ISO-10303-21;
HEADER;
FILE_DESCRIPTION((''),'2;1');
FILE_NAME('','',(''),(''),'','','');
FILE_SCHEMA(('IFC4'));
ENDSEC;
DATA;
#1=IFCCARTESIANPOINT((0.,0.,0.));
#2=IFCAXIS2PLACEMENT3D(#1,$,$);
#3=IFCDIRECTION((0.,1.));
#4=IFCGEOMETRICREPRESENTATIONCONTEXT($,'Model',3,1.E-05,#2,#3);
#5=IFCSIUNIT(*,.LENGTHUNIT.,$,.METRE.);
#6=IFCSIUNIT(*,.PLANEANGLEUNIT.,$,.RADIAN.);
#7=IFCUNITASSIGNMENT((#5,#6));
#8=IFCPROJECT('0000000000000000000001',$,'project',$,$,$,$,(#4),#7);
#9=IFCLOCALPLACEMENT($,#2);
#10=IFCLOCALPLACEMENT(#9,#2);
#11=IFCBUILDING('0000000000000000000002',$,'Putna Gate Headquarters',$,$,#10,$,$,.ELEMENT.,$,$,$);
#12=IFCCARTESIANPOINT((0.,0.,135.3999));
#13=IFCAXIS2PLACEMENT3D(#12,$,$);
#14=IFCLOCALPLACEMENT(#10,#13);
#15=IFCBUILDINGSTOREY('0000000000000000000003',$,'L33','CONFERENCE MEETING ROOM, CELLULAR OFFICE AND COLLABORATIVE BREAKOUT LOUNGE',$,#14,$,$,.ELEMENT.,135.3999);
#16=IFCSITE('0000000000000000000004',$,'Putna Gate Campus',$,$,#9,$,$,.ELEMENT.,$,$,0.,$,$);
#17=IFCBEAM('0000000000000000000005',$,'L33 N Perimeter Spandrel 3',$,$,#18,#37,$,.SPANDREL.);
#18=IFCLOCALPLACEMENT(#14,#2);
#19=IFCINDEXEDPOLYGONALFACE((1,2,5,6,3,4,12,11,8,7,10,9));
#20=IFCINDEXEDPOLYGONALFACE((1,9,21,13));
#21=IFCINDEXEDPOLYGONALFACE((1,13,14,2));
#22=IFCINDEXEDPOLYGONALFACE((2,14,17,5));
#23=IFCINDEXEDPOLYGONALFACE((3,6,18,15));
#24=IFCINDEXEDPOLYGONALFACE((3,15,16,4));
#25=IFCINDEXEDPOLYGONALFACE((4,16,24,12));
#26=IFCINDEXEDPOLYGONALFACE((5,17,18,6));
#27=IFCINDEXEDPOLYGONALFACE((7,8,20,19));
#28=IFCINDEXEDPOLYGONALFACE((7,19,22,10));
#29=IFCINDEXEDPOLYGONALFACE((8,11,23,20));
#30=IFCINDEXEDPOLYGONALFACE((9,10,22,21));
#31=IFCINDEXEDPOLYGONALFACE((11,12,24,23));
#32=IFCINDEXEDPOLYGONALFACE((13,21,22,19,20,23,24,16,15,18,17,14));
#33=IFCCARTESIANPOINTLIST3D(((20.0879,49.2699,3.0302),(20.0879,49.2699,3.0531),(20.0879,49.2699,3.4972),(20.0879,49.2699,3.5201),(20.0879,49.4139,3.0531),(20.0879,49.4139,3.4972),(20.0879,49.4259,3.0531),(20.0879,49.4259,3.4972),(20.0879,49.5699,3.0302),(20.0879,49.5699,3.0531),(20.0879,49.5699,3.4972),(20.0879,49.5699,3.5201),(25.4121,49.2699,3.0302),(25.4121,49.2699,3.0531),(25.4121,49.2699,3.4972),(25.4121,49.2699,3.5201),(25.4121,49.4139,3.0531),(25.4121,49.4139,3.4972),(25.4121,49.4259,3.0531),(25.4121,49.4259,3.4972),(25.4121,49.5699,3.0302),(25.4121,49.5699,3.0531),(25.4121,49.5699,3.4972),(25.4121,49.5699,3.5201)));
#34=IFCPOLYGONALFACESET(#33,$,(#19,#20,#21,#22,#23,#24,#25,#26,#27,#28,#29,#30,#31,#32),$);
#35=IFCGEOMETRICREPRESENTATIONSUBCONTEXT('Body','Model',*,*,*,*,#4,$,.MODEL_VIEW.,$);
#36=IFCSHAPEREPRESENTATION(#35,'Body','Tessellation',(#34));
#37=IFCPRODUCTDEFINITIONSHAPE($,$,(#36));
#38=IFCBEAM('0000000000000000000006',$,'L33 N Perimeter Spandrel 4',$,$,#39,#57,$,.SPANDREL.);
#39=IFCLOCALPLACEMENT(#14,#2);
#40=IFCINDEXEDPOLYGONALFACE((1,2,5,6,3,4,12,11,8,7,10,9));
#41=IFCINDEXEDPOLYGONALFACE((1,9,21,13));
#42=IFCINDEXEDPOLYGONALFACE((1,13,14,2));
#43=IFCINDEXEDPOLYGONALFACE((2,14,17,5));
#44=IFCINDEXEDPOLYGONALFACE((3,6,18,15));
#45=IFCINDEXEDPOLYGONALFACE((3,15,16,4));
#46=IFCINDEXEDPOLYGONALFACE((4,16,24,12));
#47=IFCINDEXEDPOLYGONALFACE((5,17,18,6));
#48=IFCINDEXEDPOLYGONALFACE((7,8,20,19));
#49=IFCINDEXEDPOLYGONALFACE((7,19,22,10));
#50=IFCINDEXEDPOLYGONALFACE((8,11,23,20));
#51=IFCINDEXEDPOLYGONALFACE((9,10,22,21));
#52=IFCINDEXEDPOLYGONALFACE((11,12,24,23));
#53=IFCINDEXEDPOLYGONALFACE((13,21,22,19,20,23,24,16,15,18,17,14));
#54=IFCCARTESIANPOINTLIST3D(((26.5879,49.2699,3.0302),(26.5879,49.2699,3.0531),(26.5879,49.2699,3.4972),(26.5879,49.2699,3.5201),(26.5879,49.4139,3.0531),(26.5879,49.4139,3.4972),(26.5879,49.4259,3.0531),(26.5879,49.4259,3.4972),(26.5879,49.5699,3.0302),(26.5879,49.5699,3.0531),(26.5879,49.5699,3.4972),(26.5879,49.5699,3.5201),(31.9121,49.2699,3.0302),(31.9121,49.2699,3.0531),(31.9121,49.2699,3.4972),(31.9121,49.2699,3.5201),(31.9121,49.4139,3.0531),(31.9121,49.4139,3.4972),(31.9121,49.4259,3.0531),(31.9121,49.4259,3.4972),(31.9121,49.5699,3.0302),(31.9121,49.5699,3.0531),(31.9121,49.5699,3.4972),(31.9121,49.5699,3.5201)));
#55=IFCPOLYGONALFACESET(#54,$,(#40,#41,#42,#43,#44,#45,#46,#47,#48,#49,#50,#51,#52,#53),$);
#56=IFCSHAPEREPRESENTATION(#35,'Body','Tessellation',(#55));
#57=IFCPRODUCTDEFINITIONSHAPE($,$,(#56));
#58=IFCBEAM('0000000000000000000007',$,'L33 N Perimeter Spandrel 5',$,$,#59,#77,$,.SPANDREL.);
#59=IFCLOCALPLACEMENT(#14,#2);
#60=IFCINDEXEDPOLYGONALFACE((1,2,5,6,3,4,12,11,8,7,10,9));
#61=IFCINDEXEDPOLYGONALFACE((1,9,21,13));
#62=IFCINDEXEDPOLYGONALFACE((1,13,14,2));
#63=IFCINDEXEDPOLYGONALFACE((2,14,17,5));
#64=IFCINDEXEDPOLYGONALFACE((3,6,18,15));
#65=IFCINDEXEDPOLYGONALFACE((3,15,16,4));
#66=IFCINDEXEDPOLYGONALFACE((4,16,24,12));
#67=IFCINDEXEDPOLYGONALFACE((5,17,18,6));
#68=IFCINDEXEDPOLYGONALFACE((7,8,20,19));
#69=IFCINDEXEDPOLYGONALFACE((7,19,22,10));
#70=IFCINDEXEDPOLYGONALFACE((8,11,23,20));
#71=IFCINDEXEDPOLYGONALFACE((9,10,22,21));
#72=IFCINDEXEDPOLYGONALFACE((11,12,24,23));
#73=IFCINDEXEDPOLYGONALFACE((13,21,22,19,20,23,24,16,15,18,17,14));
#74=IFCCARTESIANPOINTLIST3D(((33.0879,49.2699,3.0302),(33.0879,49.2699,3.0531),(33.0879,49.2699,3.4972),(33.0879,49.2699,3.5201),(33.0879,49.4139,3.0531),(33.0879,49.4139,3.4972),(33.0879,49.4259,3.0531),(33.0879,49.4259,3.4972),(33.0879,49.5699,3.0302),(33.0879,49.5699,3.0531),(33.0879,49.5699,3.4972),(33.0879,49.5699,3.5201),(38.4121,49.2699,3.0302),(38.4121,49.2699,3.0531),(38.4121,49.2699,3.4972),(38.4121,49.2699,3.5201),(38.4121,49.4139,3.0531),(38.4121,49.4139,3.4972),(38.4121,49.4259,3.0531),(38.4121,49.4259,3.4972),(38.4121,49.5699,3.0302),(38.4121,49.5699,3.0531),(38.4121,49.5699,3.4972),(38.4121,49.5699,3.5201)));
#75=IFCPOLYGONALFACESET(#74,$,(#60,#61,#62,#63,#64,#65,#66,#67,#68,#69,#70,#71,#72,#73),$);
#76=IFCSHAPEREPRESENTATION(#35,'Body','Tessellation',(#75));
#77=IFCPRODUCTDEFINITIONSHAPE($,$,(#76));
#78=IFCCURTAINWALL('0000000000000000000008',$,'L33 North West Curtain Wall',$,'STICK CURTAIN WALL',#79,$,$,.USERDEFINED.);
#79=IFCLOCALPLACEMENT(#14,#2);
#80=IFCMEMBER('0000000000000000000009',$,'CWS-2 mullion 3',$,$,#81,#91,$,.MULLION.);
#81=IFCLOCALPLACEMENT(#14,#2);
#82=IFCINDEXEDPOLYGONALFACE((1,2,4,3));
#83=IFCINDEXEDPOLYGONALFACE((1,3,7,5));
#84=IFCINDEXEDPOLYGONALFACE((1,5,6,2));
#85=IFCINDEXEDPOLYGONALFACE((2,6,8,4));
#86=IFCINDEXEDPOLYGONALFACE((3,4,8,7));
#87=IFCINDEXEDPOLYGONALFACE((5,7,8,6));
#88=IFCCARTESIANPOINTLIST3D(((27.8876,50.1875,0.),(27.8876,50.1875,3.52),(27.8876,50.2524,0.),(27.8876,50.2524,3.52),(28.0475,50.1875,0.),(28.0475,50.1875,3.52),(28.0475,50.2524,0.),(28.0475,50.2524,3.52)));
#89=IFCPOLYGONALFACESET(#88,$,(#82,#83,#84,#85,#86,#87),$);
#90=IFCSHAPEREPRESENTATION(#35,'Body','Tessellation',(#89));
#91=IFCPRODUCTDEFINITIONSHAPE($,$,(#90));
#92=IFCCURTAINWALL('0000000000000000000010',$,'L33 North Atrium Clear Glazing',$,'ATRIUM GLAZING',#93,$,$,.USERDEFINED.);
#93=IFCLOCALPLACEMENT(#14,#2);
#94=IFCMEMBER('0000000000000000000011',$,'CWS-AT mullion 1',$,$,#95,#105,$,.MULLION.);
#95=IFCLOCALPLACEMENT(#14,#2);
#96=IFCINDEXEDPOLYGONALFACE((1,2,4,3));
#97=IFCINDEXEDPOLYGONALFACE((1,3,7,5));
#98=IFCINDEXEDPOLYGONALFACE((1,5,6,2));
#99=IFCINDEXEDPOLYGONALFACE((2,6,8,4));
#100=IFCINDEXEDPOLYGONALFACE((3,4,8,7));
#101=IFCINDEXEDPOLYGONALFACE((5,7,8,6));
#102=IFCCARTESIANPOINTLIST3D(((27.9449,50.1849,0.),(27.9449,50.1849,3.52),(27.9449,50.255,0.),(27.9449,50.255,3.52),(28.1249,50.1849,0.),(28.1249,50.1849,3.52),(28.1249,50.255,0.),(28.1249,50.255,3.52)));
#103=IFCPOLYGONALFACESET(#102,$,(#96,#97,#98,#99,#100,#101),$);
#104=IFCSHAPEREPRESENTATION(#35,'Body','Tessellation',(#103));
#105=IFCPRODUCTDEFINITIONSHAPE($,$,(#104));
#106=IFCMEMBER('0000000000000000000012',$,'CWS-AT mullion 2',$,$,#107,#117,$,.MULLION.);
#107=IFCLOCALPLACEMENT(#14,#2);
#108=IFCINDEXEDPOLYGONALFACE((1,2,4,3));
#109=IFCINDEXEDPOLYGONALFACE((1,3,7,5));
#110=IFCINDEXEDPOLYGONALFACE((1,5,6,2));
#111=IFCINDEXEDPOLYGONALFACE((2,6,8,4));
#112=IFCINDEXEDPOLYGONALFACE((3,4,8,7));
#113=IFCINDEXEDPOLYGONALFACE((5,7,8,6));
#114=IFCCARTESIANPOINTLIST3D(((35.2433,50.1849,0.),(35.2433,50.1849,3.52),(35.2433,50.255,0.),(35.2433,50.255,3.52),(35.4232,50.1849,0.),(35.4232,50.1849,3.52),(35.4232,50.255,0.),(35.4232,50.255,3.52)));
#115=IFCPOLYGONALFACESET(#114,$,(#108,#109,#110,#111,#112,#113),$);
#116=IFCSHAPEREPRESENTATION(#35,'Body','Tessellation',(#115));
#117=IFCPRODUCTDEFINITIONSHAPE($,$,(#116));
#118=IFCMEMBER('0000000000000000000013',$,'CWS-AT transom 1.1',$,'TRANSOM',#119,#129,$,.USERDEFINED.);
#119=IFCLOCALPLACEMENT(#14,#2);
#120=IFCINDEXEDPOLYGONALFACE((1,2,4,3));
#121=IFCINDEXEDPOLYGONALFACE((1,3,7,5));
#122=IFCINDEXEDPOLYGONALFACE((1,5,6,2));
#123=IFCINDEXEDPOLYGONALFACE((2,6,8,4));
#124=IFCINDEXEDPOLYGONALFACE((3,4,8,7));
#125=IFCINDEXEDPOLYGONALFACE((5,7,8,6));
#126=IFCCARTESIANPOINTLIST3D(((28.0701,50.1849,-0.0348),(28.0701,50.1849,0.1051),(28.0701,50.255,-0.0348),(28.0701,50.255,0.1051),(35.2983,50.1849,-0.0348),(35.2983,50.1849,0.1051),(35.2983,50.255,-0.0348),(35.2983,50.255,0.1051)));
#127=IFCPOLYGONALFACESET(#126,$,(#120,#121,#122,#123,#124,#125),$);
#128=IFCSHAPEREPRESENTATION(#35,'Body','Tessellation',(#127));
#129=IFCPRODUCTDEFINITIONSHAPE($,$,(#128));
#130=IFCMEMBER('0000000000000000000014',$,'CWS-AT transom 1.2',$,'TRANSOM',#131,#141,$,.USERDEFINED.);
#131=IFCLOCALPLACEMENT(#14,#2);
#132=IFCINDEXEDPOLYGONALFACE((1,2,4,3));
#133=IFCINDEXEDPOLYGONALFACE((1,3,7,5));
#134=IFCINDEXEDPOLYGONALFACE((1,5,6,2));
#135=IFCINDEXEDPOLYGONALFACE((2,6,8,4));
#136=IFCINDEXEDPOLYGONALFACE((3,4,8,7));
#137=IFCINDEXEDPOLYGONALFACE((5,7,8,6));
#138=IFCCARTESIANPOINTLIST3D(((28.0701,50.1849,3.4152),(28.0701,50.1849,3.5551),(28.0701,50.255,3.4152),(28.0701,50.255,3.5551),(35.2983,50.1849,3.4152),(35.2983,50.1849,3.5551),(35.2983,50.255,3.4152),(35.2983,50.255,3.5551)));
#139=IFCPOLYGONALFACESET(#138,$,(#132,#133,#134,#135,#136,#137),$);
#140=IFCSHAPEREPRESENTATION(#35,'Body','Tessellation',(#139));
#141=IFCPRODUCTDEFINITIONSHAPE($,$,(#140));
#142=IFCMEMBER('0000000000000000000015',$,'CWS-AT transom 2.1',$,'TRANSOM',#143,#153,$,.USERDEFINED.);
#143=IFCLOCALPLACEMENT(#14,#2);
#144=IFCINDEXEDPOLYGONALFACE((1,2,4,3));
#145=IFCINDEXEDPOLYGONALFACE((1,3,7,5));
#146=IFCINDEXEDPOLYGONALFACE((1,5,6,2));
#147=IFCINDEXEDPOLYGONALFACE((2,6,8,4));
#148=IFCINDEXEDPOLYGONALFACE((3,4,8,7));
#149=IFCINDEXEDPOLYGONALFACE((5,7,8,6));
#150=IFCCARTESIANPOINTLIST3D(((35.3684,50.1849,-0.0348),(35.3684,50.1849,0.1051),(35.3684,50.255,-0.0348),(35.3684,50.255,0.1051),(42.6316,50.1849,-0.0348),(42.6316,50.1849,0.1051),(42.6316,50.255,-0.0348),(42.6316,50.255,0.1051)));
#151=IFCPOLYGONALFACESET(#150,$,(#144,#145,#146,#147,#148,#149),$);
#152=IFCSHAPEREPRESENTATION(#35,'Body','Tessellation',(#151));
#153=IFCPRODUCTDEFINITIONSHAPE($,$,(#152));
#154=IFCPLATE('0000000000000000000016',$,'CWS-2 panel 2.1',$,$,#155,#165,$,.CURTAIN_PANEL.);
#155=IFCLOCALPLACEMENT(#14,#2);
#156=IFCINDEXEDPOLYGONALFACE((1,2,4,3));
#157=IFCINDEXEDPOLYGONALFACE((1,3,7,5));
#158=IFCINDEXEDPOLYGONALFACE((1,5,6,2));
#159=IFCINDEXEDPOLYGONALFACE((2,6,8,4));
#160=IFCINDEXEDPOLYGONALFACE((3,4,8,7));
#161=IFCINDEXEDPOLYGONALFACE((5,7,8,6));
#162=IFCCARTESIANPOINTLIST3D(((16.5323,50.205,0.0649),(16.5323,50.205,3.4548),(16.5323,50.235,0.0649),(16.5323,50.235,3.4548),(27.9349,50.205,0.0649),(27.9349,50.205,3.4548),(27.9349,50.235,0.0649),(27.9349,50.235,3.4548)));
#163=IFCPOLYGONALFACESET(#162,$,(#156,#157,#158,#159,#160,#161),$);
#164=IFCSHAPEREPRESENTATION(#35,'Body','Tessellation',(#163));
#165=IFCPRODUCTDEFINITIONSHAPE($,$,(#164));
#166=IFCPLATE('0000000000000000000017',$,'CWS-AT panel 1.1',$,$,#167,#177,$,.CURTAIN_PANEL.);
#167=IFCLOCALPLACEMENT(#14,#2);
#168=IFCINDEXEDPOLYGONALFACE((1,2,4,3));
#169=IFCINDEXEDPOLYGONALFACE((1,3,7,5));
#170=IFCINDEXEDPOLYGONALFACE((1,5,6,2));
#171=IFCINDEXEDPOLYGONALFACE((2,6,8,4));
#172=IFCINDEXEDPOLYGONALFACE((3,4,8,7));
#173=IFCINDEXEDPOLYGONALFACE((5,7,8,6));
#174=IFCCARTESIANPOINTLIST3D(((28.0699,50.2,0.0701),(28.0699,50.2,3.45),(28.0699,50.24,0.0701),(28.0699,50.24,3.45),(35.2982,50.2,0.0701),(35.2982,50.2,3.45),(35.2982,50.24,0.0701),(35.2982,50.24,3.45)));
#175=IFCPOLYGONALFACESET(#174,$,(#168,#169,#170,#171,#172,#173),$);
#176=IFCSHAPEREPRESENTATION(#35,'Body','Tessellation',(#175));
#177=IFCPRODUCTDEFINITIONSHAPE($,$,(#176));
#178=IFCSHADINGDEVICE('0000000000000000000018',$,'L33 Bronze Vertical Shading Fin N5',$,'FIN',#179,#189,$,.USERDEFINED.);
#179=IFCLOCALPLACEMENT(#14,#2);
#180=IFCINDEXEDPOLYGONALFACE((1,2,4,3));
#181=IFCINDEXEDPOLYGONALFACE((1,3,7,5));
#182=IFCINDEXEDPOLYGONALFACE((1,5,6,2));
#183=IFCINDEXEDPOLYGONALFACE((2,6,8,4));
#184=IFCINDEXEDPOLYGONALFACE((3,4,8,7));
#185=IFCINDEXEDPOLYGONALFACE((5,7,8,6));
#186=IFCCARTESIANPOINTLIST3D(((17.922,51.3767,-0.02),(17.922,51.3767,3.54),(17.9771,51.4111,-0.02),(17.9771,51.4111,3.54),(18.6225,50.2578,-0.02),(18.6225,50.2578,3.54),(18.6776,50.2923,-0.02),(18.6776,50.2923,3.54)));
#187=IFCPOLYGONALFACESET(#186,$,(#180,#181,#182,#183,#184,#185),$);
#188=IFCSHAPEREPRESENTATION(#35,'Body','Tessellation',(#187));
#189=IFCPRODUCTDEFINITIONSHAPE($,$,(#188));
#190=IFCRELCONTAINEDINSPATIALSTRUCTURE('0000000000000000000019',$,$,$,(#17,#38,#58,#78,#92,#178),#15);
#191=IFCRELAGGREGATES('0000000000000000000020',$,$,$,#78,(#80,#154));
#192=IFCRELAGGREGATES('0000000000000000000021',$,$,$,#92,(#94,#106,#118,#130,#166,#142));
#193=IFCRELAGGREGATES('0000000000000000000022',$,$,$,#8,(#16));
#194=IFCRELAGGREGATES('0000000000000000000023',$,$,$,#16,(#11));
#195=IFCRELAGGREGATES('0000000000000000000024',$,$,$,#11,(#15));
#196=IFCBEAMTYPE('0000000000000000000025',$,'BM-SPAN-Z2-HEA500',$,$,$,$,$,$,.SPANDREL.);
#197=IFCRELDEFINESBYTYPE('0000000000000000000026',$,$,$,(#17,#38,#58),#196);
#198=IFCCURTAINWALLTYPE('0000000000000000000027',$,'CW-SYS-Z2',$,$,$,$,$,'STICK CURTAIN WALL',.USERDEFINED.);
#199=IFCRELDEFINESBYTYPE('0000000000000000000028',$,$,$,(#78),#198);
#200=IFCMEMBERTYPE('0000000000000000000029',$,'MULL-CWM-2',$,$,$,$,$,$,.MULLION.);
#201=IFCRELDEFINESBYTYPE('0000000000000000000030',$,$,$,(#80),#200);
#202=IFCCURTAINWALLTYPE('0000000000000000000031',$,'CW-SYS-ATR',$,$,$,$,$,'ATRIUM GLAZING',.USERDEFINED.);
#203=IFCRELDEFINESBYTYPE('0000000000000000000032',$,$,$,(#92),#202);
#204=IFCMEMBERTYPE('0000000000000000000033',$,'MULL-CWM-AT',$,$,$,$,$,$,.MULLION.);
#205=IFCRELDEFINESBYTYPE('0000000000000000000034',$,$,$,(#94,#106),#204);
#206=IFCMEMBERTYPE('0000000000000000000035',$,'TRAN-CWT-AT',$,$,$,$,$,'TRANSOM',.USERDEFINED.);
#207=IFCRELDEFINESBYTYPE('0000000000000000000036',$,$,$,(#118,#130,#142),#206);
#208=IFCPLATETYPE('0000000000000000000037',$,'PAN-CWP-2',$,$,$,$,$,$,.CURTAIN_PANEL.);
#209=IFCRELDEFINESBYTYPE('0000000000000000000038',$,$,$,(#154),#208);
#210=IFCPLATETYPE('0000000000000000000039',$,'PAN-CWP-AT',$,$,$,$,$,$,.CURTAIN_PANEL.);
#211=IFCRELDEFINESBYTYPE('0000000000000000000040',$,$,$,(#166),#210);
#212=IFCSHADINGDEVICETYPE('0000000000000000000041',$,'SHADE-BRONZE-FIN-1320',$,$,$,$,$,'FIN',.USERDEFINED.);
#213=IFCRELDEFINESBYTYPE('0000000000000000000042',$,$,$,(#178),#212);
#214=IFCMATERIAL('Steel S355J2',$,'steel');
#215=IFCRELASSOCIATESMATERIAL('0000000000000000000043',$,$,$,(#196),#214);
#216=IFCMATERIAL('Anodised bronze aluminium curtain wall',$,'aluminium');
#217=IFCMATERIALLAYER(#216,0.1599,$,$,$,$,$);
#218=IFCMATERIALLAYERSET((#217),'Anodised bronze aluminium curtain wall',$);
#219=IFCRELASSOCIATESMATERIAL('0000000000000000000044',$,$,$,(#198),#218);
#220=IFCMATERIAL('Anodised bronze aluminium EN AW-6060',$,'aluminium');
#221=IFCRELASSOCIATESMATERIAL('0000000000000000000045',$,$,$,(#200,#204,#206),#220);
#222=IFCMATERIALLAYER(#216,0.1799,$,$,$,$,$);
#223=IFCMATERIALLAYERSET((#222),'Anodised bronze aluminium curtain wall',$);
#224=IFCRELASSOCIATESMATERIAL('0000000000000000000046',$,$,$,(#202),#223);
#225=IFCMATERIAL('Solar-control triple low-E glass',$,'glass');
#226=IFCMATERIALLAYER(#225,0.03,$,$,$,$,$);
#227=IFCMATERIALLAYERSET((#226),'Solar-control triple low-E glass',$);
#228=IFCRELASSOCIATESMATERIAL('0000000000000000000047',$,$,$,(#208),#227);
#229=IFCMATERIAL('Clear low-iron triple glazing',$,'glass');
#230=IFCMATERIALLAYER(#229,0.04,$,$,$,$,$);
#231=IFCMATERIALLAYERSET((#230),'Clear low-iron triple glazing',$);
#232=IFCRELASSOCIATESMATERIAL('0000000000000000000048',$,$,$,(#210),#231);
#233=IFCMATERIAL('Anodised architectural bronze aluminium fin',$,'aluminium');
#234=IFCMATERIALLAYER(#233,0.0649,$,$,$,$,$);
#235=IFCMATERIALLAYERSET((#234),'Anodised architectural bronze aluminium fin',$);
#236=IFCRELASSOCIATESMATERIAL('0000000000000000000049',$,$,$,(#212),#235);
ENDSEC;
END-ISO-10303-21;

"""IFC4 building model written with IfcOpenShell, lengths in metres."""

from ifc_helpers import new_model, si_unit, direction, frame, origin, origin_2d, place, context, subcontext, project, spatial, rectangle, i_section, extrude, material, layer, layer_set, material_profile, profile_set, type_object, element, aggregate, save


model = new_model("IFC4")

# Units and contexts
model_context = context("Model", 3, precision=1e-05, world=origin(), true_north=direction((0.0, 1.0)))
body_context = subcontext(model_context, "Body", "Model", "MODEL_VIEW")
ifc_project = project(units=[si_unit("LENGTHUNIT", "METRE"), si_unit("PLANEANGLEUNIT", "RADIAN")], contexts=[model_context])

# Site, building, storey
site_placement = place(None, origin())
site = spatial("IfcSite", under=ifc_project, at=site_placement, Name="Putna Gate Campus", CompositionType="ELEMENT", RefElevation=0.0)
building_placement = place(site_placement, origin())
building = spatial("IfcBuilding", under=site, at=building_placement, Name="Putna Gate Headquarters", CompositionType="ELEMENT")
storey_placement = place(building_placement, frame((0.0, 0.0, 135.3999)))
storey = spatial("IfcBuildingStorey", under=building, at=storey_placement, Name="L33", Description="CONFERENCE MEETING ROOM, CELLULAR OFFICE AND COLLABORATIVE BREAKOUT LOUNGE", CompositionType="ELEMENT", Elevation=135.3999)

# Beams
ifc_material_1 = material(Name="Steel S355J2", Category="steel")
ifc_material_profile_1 = material_profile(ifc_material_1, i_section(OverallWidth=0.3, OverallDepth=0.49, WebThickness=0.012, FlangeThickness=0.0229, at=origin_2d()), Name="Steel S355J2")
ifc_profile_set_1 = profile_set([ifc_material_profile_1], Name="Steel S355J2")
beam_type_1 = type_object("IfcBeamType", Name="BM-SPAN-Z2-HEA500", PredefinedType="SPANDREL", material=ifc_profile_set_1)
for number, where, z_axis, x_axis, name in (
    (1, (20.0879, 49.4199, 3.2751), (1.0, 0.0, 0.0), (0.0, 1.0, 0.0), "L33 N Perimeter Spandrel 3"),
    (2, (26.5879, 49.4199, 3.2751), (1.0, 0.0, 0.0), (0.0, 1.0, 0.0), "L33 N Perimeter Spandrel 4"),
    (3, (33.0879, 49.4199, 3.2751), (1.0, 0.0, 0.0), (0.0, 1.0, 0.0), "L33 N Perimeter Spandrel 5"),
):
    element("IfcBeam", number, at=place(storey_placement, frame(where, z_axis=z_axis, x_axis=x_axis)), inside=storey, type_object=beam_type_1, Name=name, PredefinedType="SPANDREL", context=body_context, shape_type="SweptSolid", body=[
        extrude(i_section(OverallWidth=0.3, OverallDepth=0.49, WebThickness=0.012, FlangeThickness=0.0229, at=origin_2d()), origin(), (0.0, 0.0, 1.0), 5.3242),
    ])

# Curtain wall, member
ifc_material_2 = material(Name="Anodised bronze aluminium curtain wall", Category="aluminium")
ifc_layer_1 = layer(ifc_material_2, 0.1599)
ifc_layer_set_1 = layer_set([ifc_layer_1], Name="Anodised bronze aluminium curtain wall")
curtain_wall_type_1 = type_object("IfcCurtainWallType", Name="CW-SYS-Z2", ElementType="STICK CURTAIN WALL", PredefinedType="USERDEFINED", material=ifc_layer_set_1)
curtain_wall_1_placement = place(storey_placement, origin())
curtain_wall_1 = element("IfcCurtainWall", 4, at=curtain_wall_1_placement, inside=storey, type_object=curtain_wall_type_1, Name="L33 North West Curtain Wall", ObjectType="STICK CURTAIN WALL", PredefinedType="USERDEFINED")
ifc_material_3 = material(Name="Anodised bronze aluminium EN AW-6060", Category="aluminium")
ifc_material_profile_2 = material_profile(ifc_material_3, rectangle(XDim=0.0649, YDim=0.1599, at=origin_2d()), Name="Anodised bronze aluminium EN AW-6060")
ifc_profile_set_2 = profile_set([ifc_material_profile_2], Name="Anodised bronze aluminium EN AW-6060")
member_type_1 = type_object("IfcMemberType", Name="MULL-CWM-2", PredefinedType="MULLION", material=ifc_profile_set_2)
member_1_placement = place(storey_placement, frame((27.9675, 50.22, 0.0), z_axis=(0.0, 0.0, 1.0), x_axis=(0.0, 1.0, 0.0)))
member_1 = element("IfcMember", 5, at=member_1_placement, type_object=member_type_1, Name="CWS-2 mullion 3", PredefinedType="MULLION", context=body_context, shape_type="SweptSolid", body=[
    extrude(rectangle(XDim=0.0649, YDim=0.1599, at=origin_2d()), origin(), (0.0, 0.0, 1.0), 3.52),
])

# Curtain wall, members
ifc_layer_2 = layer(ifc_material_2, 0.1799)
ifc_layer_set_2 = layer_set([ifc_layer_2], Name="Anodised bronze aluminium curtain wall")
curtain_wall_type_2 = type_object("IfcCurtainWallType", Name="CW-SYS-ATR", ElementType="ATRIUM GLAZING", PredefinedType="USERDEFINED", material=ifc_layer_set_2)
curtain_wall_2_placement = place(storey_placement, origin())
curtain_wall_2 = element("IfcCurtainWall", 6, at=curtain_wall_2_placement, inside=storey, type_object=curtain_wall_type_2, Name="L33 North Atrium Clear Glazing", ObjectType="ATRIUM GLAZING", PredefinedType="USERDEFINED")
ifc_material_profile_3 = material_profile(ifc_material_3, rectangle(XDim=0.0701, YDim=0.1799, at=origin_2d()), Name="Anodised bronze aluminium EN AW-6060")
ifc_profile_set_3 = profile_set([ifc_material_profile_3], Name="Anodised bronze aluminium EN AW-6060")
member_type_2 = type_object("IfcMemberType", Name="MULL-CWM-AT", PredefinedType="MULLION", material=ifc_profile_set_3)
member_2_placement = place(storey_placement, frame((28.0349, 50.22, 0.0), z_axis=(0.0, 0.0, 1.0), x_axis=(0.0, 1.0, 0.0)))
member_2 = element("IfcMember", 7, at=member_2_placement, type_object=member_type_2, Name="CWS-AT mullion 1", PredefinedType="MULLION", context=body_context, shape_type="SweptSolid", body=[
    extrude(rectangle(XDim=0.0701, YDim=0.1799, at=origin_2d()), origin(), (0.0, 0.0, 1.0), 3.52),
])
member_3_placement = place(storey_placement, frame((35.3333, 50.22, 0.0), z_axis=(0.0, 0.0, 1.0), x_axis=(0.0, 1.0, 0.0)))
member_3 = element("IfcMember", 8, at=member_3_placement, type_object=member_type_2, Name="CWS-AT mullion 2", PredefinedType="MULLION", context=body_context, shape_type="SweptSolid", body=[
    extrude(rectangle(XDim=0.0701, YDim=0.1799, at=origin_2d()), origin(), (0.0, 0.0, 1.0), 3.52),
])
ifc_material_profile_4 = material_profile(ifc_material_3, rectangle(XDim=0.0701, YDim=0.1399, at=origin_2d()), Name="Anodised bronze aluminium EN AW-6060")
ifc_profile_set_4 = profile_set([ifc_material_profile_4], Name="Anodised bronze aluminium EN AW-6060")
member_type_3 = type_object("IfcMemberType", Name="TRAN-CWT-AT", ElementType="TRANSOM", PredefinedType="USERDEFINED", material=ifc_profile_set_4)
member_4_placement = place(storey_placement, frame((28.0701, 50.22, 0.0352), z_axis=(1.0, 0.0, 0.0), x_axis=(0.0, 1.0, 0.0)))
member_4 = element("IfcMember", 9, at=member_4_placement, type_object=member_type_3, Name="CWS-AT transom 1.1", ObjectType="TRANSOM", PredefinedType="USERDEFINED", context=body_context, shape_type="SweptSolid", body=[
    extrude(rectangle(XDim=0.0701, YDim=0.1399, at=origin_2d()), origin(), (0.0, 0.0, 1.0), 7.2283),
])
member_5_placement = place(storey_placement, frame((28.0701, 50.22, 3.4851), z_axis=(1.0, 0.0, 0.0), x_axis=(0.0, 1.0, 0.0)))
member_5 = element("IfcMember", 10, at=member_5_placement, type_object=member_type_3, Name="CWS-AT transom 1.2", ObjectType="TRANSOM", PredefinedType="USERDEFINED", context=body_context, shape_type="SweptSolid", body=[
    extrude(rectangle(XDim=0.0701, YDim=0.1399, at=origin_2d()), origin(), (0.0, 0.0, 1.0), 7.2283),
])
member_6_placement = place(storey_placement, frame((35.3684, 50.22, 0.0352), z_axis=(1.0, 0.0, 0.0), x_axis=(0.0, 1.0, 0.0)))
member_6 = element("IfcMember", 11, at=member_6_placement, type_object=member_type_3, Name="CWS-AT transom 2.1", ObjectType="TRANSOM", PredefinedType="USERDEFINED", context=body_context, shape_type="SweptSolid", body=[
    extrude(rectangle(XDim=0.0701, YDim=0.1399, at=origin_2d()), origin(), (0.0, 0.0, 1.0), 7.2632),
])

# Plates
ifc_material_4 = material(Name="Solar-control triple low-E glass", Category="glass")
ifc_layer_3 = layer(ifc_material_4, 0.03)
ifc_layer_set_3 = layer_set([ifc_layer_3], Name="Solar-control triple low-E glass")
plate_type_1 = type_object("IfcPlateType", Name="PAN-CWP-2", PredefinedType="CURTAIN_PANEL", material=ifc_layer_set_3)
plate_1_placement = place(storey_placement, frame((22.2336, 50.22, 0.0649), z_axis=(0.0, 0.0, 1.0), x_axis=(1.0, 0.0, 0.0)))
plate_1 = element("IfcPlate", 12, at=plate_1_placement, type_object=plate_type_1, Name="CWS-2 panel 2.1", PredefinedType="CURTAIN_PANEL", context=body_context, shape_type="SweptSolid", body=[
    extrude(rectangle(XDim=11.4026, YDim=0.03, at=origin_2d()), origin(), (0.0, 0.0, 1.0), 3.3899),
])
aggregate(curtain_wall_1, [member_1, plate_1])
ifc_material_5 = material(Name="Clear low-iron triple glazing", Category="glass")
ifc_layer_4 = layer(ifc_material_5, 0.04)
ifc_layer_set_4 = layer_set([ifc_layer_4], Name="Clear low-iron triple glazing")
plate_type_2 = type_object("IfcPlateType", Name="PAN-CWP-AT", PredefinedType="CURTAIN_PANEL", material=ifc_layer_set_4)
plate_2_placement = place(storey_placement, frame((31.6841, 50.22, 0.0701), z_axis=(0.0, 0.0, 1.0), x_axis=(1.0, 0.0, 0.0)))
plate_2 = element("IfcPlate", 13, at=plate_2_placement, type_object=plate_type_2, Name="CWS-AT panel 1.1", PredefinedType="CURTAIN_PANEL", context=body_context, shape_type="SweptSolid", body=[
    extrude(rectangle(XDim=7.2283, YDim=0.04, at=origin_2d()), origin(), (0.0, 0.0, 1.0), 3.3799),
])
aggregate(curtain_wall_2, [member_2, member_3, member_4, member_5, plate_2, member_6])

# Shading device
ifc_material_6 = material(Name="Anodised architectural bronze aluminium fin", Category="aluminium")
ifc_layer_5 = layer(ifc_material_6, 0.0649)
ifc_layer_set_5 = layer_set([ifc_layer_5], Name="Anodised architectural bronze aluminium fin")
shading_device_type = type_object("IfcShadingDeviceType", Name="SHADE-BRONZE-FIN-1320", ElementType="FIN", PredefinedType="USERDEFINED", material=ifc_layer_set_5)
for number, where, z_axis, x_axis, name in (
    (14, (18.2998, 50.8345, -0.02), (0.0, 0.0, 1.0), (-0.530659, 0.847585, 0.0), "L33 Bronze Vertical Shading Fin N5"),
):
    element("IfcShadingDevice", number, at=place(storey_placement, frame(where, z_axis=z_axis, x_axis=x_axis)), inside=storey, type_object=shading_device_type, Name=name, ObjectType="FIN", PredefinedType="USERDEFINED", context=body_context, shape_type="SweptSolid", body=[
        extrude(rectangle(XDim=1.3201, YDim=0.0649, at=origin_2d()), origin(), (0.0, 0.0, 1.0), 3.5601),
    ])

save(model, "model.ifc")
